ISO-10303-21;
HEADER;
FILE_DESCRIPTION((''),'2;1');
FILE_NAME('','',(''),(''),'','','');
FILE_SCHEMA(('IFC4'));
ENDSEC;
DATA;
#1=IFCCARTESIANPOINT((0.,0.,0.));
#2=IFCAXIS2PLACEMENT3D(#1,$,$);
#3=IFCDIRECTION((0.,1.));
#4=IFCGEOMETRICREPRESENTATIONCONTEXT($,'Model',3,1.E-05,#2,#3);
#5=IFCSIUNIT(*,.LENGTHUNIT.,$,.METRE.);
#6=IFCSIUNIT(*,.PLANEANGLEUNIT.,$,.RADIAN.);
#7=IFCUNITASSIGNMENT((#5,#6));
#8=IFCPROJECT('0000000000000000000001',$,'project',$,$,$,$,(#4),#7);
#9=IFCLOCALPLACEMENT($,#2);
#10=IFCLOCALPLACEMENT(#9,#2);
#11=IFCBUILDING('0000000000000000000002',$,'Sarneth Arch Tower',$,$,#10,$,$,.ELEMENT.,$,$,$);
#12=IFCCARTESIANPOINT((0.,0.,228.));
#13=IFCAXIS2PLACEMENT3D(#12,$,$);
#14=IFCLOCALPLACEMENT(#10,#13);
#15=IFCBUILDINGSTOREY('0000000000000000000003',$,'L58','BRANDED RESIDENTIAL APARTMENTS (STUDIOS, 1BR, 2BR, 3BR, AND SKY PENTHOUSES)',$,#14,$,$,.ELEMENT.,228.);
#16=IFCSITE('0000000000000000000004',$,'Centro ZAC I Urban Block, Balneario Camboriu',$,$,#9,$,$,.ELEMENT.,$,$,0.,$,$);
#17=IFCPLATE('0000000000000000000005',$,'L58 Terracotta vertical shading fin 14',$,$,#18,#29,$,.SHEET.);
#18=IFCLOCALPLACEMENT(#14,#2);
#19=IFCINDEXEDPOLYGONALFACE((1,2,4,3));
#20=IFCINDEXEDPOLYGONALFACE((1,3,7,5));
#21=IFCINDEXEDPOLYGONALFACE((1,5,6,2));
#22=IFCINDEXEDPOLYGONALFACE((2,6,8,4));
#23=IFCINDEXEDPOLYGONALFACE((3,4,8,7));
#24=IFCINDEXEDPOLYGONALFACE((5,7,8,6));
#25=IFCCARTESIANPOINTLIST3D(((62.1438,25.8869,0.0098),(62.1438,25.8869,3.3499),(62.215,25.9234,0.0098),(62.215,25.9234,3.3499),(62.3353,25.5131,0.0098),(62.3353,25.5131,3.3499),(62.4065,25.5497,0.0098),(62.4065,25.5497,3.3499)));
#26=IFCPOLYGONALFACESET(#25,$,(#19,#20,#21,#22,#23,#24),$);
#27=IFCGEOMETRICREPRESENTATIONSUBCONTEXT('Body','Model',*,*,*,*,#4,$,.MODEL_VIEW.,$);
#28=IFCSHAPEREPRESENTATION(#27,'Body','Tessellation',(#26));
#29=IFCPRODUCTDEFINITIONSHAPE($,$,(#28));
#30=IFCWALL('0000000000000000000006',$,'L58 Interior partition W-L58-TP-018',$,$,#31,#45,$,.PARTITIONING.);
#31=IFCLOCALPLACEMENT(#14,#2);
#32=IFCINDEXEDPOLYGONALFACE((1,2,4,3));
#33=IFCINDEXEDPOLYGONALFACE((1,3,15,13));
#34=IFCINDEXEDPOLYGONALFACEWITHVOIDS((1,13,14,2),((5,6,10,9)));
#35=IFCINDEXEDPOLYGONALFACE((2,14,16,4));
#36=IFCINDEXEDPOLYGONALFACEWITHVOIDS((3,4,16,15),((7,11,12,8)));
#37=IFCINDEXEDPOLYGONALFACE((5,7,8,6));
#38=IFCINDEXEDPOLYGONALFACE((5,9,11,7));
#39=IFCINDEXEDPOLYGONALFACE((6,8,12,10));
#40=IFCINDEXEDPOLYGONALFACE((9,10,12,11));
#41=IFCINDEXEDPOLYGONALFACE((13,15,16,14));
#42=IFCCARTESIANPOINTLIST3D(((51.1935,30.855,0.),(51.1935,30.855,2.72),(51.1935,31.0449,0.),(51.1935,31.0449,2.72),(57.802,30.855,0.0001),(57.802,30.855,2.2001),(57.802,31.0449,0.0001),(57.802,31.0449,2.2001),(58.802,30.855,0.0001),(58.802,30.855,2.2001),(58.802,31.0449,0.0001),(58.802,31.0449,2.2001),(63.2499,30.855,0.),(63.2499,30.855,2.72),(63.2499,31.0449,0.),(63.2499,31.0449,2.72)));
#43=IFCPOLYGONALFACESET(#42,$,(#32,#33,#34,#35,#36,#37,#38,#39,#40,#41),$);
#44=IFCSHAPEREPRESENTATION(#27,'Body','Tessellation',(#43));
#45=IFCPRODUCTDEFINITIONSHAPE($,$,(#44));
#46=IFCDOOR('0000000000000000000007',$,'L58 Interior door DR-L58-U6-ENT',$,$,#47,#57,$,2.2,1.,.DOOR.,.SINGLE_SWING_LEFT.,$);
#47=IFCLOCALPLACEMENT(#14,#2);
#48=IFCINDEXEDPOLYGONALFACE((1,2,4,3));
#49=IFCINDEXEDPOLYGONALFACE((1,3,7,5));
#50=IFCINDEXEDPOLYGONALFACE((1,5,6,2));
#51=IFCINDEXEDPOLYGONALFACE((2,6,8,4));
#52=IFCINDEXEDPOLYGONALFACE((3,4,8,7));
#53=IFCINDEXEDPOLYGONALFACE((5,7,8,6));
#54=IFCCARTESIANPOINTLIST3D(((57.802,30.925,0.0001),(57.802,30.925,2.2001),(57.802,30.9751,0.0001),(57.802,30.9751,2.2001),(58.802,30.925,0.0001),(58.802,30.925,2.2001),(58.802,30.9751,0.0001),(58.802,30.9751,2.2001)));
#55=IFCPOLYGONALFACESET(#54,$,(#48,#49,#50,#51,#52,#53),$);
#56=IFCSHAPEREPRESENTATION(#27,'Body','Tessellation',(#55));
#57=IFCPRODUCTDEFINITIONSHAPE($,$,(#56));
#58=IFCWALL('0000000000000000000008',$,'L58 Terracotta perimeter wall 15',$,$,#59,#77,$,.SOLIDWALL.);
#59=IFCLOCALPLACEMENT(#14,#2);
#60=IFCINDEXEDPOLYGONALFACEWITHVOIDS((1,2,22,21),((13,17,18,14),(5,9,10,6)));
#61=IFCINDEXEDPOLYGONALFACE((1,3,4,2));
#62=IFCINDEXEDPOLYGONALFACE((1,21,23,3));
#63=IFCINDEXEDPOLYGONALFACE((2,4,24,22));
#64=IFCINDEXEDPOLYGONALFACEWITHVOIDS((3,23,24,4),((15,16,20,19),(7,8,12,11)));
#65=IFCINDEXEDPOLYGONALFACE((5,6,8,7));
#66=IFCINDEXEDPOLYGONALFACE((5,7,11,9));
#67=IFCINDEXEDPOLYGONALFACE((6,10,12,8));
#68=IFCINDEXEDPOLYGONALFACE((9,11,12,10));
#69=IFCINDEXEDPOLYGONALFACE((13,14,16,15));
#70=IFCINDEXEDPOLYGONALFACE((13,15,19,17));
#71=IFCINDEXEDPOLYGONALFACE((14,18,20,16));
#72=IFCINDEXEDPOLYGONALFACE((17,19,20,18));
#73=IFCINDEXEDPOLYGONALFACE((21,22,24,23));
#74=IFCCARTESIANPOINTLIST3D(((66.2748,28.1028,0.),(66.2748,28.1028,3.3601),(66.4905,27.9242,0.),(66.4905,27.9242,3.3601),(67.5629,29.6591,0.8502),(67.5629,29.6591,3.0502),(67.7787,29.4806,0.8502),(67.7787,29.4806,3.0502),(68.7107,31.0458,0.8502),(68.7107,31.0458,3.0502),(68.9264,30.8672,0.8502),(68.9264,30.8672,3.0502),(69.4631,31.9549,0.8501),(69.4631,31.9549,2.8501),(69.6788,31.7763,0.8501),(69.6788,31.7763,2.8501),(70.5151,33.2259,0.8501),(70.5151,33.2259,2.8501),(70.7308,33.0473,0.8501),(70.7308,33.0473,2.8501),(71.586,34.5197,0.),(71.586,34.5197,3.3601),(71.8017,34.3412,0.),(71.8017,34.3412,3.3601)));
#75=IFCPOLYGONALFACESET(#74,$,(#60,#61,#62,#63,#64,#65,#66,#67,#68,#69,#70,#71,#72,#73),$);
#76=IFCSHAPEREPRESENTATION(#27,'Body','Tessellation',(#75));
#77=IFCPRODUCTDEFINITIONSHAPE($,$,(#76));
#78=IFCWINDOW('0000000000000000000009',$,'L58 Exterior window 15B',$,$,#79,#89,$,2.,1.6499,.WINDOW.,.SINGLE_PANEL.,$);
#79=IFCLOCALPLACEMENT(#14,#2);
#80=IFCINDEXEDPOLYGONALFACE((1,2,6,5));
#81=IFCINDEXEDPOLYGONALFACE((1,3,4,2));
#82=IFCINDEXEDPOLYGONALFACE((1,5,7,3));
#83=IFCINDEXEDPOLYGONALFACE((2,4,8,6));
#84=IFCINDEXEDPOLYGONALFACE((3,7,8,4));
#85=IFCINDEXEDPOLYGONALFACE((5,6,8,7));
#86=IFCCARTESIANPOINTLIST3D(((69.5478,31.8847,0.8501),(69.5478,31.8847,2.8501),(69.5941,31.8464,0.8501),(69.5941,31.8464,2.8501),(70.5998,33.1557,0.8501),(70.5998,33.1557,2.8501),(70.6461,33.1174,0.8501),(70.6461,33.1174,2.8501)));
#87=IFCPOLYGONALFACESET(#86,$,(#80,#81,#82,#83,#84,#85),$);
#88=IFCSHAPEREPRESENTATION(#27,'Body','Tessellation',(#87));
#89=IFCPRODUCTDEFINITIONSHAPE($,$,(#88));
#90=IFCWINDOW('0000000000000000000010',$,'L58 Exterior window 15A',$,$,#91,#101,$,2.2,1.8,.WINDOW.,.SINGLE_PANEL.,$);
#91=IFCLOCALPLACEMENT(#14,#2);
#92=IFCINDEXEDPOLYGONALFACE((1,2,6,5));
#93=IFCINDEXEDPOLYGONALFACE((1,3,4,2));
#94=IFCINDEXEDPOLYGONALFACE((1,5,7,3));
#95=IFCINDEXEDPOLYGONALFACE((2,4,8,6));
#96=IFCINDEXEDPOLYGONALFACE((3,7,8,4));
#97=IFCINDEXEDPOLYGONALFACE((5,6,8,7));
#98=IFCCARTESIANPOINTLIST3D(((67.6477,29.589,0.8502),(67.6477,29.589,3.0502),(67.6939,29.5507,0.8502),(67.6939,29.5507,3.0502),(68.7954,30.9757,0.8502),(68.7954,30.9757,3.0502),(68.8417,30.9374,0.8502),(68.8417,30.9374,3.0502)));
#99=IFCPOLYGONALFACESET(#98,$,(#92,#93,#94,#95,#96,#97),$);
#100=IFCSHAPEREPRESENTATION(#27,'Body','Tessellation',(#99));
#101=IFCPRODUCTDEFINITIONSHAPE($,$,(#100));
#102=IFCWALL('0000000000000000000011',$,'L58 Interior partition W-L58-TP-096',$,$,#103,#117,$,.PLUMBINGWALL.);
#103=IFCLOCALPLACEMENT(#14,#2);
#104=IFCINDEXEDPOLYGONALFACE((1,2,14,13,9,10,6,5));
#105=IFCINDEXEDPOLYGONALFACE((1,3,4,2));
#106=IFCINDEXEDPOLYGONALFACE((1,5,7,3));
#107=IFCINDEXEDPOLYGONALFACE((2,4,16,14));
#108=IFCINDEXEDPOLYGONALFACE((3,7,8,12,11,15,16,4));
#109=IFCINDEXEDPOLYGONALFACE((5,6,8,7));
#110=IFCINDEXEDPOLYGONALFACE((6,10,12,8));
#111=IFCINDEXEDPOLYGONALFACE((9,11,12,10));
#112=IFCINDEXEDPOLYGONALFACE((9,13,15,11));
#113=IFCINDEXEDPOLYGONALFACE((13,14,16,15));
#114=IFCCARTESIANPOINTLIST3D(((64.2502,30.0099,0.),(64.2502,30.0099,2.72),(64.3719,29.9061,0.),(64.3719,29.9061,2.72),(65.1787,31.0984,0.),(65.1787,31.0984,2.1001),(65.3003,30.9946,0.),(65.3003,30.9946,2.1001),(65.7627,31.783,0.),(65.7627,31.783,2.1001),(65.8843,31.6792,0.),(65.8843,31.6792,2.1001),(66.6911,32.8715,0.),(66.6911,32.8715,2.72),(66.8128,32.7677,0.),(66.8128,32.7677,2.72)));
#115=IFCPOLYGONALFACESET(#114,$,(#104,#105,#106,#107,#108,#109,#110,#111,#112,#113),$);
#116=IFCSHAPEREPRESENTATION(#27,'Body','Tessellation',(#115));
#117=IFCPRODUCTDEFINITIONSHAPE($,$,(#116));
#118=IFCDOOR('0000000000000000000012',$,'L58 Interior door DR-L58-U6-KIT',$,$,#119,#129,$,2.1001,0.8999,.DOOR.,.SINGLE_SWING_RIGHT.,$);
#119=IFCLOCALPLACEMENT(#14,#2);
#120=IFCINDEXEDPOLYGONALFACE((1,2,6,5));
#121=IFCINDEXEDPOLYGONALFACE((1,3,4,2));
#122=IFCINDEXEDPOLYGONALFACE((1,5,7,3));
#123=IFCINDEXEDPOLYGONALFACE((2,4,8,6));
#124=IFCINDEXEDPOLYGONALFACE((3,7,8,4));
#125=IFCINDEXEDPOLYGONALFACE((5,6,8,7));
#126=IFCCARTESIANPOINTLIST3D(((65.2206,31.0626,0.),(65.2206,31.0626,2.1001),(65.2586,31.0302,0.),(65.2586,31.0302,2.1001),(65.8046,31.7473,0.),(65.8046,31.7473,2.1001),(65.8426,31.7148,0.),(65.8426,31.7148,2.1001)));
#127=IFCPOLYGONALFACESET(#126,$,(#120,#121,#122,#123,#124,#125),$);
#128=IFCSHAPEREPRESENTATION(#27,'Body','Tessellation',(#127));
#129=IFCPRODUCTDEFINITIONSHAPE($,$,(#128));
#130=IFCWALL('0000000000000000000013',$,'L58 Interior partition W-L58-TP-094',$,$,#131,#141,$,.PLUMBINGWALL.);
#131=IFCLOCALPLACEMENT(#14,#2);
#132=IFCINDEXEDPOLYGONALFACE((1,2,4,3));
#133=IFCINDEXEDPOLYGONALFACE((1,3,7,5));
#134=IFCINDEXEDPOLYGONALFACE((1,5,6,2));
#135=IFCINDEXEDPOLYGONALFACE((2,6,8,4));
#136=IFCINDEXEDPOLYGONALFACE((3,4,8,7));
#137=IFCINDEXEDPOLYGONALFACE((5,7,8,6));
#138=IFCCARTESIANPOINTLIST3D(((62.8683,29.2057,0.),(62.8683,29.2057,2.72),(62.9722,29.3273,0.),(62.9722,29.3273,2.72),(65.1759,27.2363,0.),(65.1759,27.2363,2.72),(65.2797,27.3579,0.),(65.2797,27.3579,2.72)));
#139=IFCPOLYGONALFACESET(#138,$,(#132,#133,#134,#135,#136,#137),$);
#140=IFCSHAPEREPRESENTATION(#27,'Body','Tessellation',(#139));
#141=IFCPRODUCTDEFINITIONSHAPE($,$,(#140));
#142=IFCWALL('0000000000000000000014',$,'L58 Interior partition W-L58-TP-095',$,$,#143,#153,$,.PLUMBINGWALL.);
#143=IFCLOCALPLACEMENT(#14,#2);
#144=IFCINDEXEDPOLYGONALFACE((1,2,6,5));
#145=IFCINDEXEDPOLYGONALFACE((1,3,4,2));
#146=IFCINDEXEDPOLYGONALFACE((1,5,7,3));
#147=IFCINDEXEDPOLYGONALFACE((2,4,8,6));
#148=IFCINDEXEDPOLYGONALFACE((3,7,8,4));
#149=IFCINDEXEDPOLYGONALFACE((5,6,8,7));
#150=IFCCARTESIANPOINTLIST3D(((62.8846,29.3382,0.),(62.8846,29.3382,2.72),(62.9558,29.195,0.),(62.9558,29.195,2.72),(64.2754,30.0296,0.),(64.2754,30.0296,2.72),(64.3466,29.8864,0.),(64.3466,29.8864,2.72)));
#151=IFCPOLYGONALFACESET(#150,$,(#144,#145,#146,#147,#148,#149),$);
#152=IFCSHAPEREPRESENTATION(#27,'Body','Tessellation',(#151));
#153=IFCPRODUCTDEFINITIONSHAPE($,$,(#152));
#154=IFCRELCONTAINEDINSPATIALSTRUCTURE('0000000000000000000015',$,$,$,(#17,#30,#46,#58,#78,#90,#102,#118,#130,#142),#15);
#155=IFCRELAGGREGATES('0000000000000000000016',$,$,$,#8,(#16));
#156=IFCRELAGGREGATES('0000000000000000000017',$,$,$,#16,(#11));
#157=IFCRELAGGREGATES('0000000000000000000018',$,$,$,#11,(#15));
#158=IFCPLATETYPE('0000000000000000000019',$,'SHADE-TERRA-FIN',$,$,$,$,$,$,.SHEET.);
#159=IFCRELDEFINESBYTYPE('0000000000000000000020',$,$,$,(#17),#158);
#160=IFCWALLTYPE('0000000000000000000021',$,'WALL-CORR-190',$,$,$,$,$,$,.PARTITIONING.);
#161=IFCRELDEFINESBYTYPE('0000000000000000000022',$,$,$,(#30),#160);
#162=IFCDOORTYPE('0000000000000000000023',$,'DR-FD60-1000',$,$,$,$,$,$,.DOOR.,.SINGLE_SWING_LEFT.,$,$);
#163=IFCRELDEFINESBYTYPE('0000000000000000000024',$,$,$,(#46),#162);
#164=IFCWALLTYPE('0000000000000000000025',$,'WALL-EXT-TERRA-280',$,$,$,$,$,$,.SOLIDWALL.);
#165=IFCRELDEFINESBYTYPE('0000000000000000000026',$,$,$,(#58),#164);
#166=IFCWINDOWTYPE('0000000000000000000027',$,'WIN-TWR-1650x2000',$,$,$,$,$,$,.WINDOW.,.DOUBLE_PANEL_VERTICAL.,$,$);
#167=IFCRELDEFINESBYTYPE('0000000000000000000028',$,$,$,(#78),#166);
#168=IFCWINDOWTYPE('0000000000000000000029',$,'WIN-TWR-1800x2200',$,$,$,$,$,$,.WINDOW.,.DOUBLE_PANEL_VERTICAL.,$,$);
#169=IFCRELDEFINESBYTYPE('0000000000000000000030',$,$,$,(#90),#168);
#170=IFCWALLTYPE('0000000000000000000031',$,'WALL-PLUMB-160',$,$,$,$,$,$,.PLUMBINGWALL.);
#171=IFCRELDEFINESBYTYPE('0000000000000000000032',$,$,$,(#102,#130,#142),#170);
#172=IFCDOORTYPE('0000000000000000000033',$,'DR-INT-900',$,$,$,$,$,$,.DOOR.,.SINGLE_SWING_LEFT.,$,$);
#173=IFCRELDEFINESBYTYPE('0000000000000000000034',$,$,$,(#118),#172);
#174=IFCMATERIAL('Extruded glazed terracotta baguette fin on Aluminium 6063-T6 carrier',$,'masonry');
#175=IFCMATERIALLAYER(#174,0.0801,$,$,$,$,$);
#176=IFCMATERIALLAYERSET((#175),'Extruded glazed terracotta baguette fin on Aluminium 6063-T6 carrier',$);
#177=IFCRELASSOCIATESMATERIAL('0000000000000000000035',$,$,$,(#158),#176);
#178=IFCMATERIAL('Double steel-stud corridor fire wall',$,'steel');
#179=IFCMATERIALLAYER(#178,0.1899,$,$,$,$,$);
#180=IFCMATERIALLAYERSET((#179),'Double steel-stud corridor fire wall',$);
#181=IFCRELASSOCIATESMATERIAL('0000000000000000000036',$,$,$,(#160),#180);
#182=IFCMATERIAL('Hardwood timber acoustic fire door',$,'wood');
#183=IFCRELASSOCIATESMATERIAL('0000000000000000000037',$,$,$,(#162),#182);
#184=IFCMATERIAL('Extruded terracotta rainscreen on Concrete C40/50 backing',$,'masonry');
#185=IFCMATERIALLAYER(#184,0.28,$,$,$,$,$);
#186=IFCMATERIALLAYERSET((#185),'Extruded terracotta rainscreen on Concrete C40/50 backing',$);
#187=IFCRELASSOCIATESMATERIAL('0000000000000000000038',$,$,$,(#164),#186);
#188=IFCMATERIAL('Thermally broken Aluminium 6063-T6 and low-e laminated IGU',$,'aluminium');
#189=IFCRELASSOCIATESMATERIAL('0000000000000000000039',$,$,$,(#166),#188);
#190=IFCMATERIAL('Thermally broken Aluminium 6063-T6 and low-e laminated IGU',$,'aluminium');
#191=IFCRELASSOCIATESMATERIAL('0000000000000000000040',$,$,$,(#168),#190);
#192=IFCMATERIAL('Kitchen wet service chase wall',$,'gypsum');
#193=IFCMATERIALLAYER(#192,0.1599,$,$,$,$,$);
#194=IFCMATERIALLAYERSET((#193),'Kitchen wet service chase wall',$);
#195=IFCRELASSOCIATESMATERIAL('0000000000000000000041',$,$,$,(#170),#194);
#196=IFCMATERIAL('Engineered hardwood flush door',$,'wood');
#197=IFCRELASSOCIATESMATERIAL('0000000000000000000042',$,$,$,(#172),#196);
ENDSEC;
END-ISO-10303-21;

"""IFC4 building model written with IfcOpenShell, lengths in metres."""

from ifc_helpers import new_model, si_unit, direction, frame, frame_2d, origin, origin_2d, place, context, subcontext, project, spatial, rectangle, extrude, material, layer, layer_set, type_object, element, fill, save


model = new_model("IFC4")

# Units and contexts
model_context = context("Model", 3, precision=1e-05, world=origin(), true_north=direction((0.0, 1.0)))
body_context = subcontext(model_context, "Body", "Model", "MODEL_VIEW")
ifc_project = project(units=[si_unit("LENGTHUNIT", "METRE"), si_unit("PLANEANGLEUNIT", "RADIAN")], contexts=[model_context])

# Site, building, storey
site_placement = place(None, origin())
site = spatial("IfcSite", under=ifc_project, at=site_placement, Name="Centro ZAC I Urban Block, Balneario Camboriu", CompositionType="ELEMENT", RefElevation=0.0)
building_placement = place(site_placement, origin())
building = spatial("IfcBuilding", under=site, at=building_placement, Name="Sarneth Arch Tower", CompositionType="ELEMENT")
storey_placement = place(building_placement, frame((0.0, 0.0, 228.0)))
storey = spatial("IfcBuildingStorey", under=building, at=storey_placement, Name="L58", Description="BRANDED RESIDENTIAL APARTMENTS (STUDIOS, 1BR, 2BR, 3BR, AND SKY PENTHOUSES)", CompositionType="ELEMENT", Elevation=228.0)

# Plate
ifc_material_1 = material(Name="Extruded glazed terracotta baguette fin on Aluminium 6063-T6 carrier", Category="masonry")
ifc_layer_1 = layer(ifc_material_1, 0.0801)
ifc_layer_set_1 = layer_set([ifc_layer_1], Name="Extruded glazed terracotta baguette fin on Aluminium 6063-T6 carrier")
plate_type_1 = type_object("IfcPlateType", Name="SHADE-TERRA-FIN", PredefinedType="SHEET", material=ifc_layer_set_1)
plate_1_placement = place(storey_placement, frame((62.2751, 25.7183, 0.0098), z_axis=(0.0, 0.0, 1.0), x_axis=(0.456011, -0.889974, 0.0)))
element("IfcPlate", 1, at=plate_1_placement, inside=storey, type_object=plate_type_1, Name="L58 Terracotta vertical shading fin 14", PredefinedType="SHEET", context=body_context, shape_type="SweptSolid", body=[
    extrude(rectangle(XDim=0.4199, YDim=0.0801, at=origin_2d()), origin(), (0.0, 0.0, 1.0), 3.3401),
])

# Wall, opening, door
ifc_material_2 = material(Name="Double steel-stud corridor fire wall", Category="steel")
ifc_layer_2 = layer(ifc_material_2, 0.1899)
ifc_layer_set_2 = layer_set([ifc_layer_2], Name="Double steel-stud corridor fire wall")
wall_type_1 = type_object("IfcWallType", Name="WALL-CORR-190", PredefinedType="PARTITIONING", material=ifc_layer_set_2)
wall_1_placement = place(storey_placement, frame((63.25, 30.95, 0.0), z_axis=(0.0, 0.0, 1.0), x_axis=(-1.0, 0.0, 0.0)))
wall_1 = element("IfcWall", 2, at=wall_1_placement, inside=storey, type_object=wall_type_1, Name="L58 Interior partition W-L58-TP-018", PredefinedType="PARTITIONING", context=body_context, shape_type="SweptSolid", body=[
    extrude(rectangle(XDim=12.0564, YDim=0.1899, at=frame_2d((6.0283, 0.0))), origin(), (0.0, 0.0, 1.0), 2.72),
])
opening_1_placement = place(wall_1_placement, frame((4.448, 0.0, 0.0)))
opening_1 = element("IfcOpeningElement", 3, at=opening_1_placement, cuts=wall_1, PredefinedType="OPENING", context=body_context, shape_type="SweptSolid", body=[
    extrude(rectangle(XDim=1.0, YDim=2.2, at=frame_2d((0.5, 1.1001))), frame((0.0, 0.105, 0.0), z_axis=(0.0, -1.0, 0.0), x_axis=(1.0, 0.0, 0.0)), (0.0, 0.0, 1.0), 0.21),
])
ifc_material_3 = material(Name="Hardwood timber acoustic fire door", Category="wood")
door_type_1 = type_object("IfcDoorType", Name="DR-FD60-1000", OperationType="SINGLE_SWING_LEFT", PredefinedType="DOOR", material=ifc_material_3)
door_1_placement = place(opening_1_placement, origin())
door_1 = element("IfcDoor", 4, at=door_1_placement, inside=storey, type_object=door_type_1, Name="L58 Interior door DR-L58-U6-ENT", OperationType="SINGLE_SWING_LEFT", OverallHeight=2.2, OverallWidth=1.0, PredefinedType="DOOR", context=body_context, shape_type="SweptSolid", body=[
    extrude(rectangle(XDim=1.0, YDim=2.2, at=frame_2d((0.5, 1.1001))), frame((0.0, 0.0249, 0.0), z_axis=(0.0, -1.0, 0.0), x_axis=(1.0, 0.0, 0.0)), (0.0, 0.0, 1.0), 0.05),
])
fill(opening_1, door_1)

# Wall, openings, windows
ifc_material_4 = material(Name="Extruded terracotta rainscreen on Concrete C40/50 backing", Category="masonry")
ifc_layer_3 = layer(ifc_material_4, 0.28)
ifc_layer_set_3 = layer_set([ifc_layer_3], Name="Extruded terracotta rainscreen on Concrete C40/50 backing")
wall_type_2 = type_object("IfcWallType", Name="WALL-EXT-TERRA-280", PredefinedType="SOLIDWALL", material=ifc_layer_set_3)
wall_2_placement = place(storey_placement, frame((66.3826, 28.0134, 0.0), z_axis=(0.0, 0.0, 1.0), x_axis=(0.637615, 0.770355, 0.0)))
wall_2 = element("IfcWall", 5, at=wall_2_placement, inside=storey, type_object=wall_type_2, Name="L58 Terracotta perimeter wall 15", PredefinedType="SOLIDWALL", context=body_context, shape_type="SweptSolid", body=[
    extrude(rectangle(XDim=8.3298, YDim=0.28, at=frame_2d((4.165, 0.0))), origin(), (0.0, 0.0, 1.0), 3.3601),
])
opening_2_placement = place(wall_2_placement, frame((2.0205, 0.0, 0.8501)))
opening_2 = element("IfcOpeningElement", 6, at=opening_2_placement, cuts=wall_2, PredefinedType="OPENING", context=body_context, shape_type="SweptSolid", body=[
    extrude(rectangle(XDim=1.8, YDim=2.2, at=frame_2d((0.8999, 1.1001))), frame((0.0, 0.1499, 0.0), z_axis=(0.0, -1.0, 0.0), x_axis=(1.0, 0.0, 0.0)), (0.0, 0.0, 1.0), 0.3),
])
opening_3_placement = place(wall_2_placement, frame((5.0005, 0.0, 0.8501)))
opening_3 = element("IfcOpeningElement", 7, at=opening_3_placement, cuts=wall_2, PredefinedType="OPENING", context=body_context, shape_type="SweptSolid", body=[
    extrude(rectangle(XDim=1.6499, YDim=2.0, at=frame_2d((0.825, 1.0))), frame((0.0, 0.1499, 0.0), z_axis=(0.0, -1.0, 0.0), x_axis=(1.0, 0.0, 0.0)), (0.0, 0.0, 1.0), 0.3),
])
ifc_material_5 = material(Name="Thermally broken Aluminium 6063-T6 and low-e laminated IGU", Category="aluminium")
window_type_1 = type_object("IfcWindowType", Name="WIN-TWR-1650x2000", PartitioningType="DOUBLE_PANEL_VERTICAL", PredefinedType="WINDOW", material=ifc_material_5)
window_1_placement = place(opening_3_placement, origin())
window_1 = element("IfcWindow", 8, at=window_1_placement, inside=storey, type_object=window_type_1, Name="L58 Exterior window 15B", OverallHeight=2.0, OverallWidth=1.6499, PartitioningType="SINGLE_PANEL", PredefinedType="WINDOW", context=body_context, shape_type="SweptSolid", body=[
    extrude(rectangle(XDim=1.6499, YDim=2.0, at=frame_2d((0.825, 1.0))), frame((0.0, 0.03, 0.0), z_axis=(0.0, -1.0, 0.0), x_axis=(1.0, 0.0, 0.0)), (0.0, 0.0, 1.0), 0.0601),
])
fill(opening_3, window_1)
ifc_material_6 = material(Name="Thermally broken Aluminium 6063-T6 and low-e laminated IGU", Category="aluminium")
window_type_2 = type_object("IfcWindowType", Name="WIN-TWR-1800x2200", PartitioningType="DOUBLE_PANEL_VERTICAL", PredefinedType="WINDOW", material=ifc_material_6)
window_2_placement = place(opening_2_placement, origin())
window_2 = element("IfcWindow", 9, at=window_2_placement, inside=storey, type_object=window_type_2, Name="L58 Exterior window 15A", OverallHeight=2.2, OverallWidth=1.8, PartitioningType="SINGLE_PANEL", PredefinedType="WINDOW", context=body_context, shape_type="SweptSolid", body=[
    extrude(rectangle(XDim=1.8, YDim=2.2, at=frame_2d((0.8999, 1.1001))), frame((0.0, 0.03, 0.0), z_axis=(0.0, -1.0, 0.0), x_axis=(1.0, 0.0, 0.0)), (0.0, 0.0, 1.0), 0.0601),
])
fill(opening_2, window_2)

# Wall, opening, door
ifc_material_7 = material(Name="Kitchen wet service chase wall", Category="gypsum")
ifc_layer_4 = layer(ifc_material_7, 0.1599)
ifc_layer_set_4 = layer_set([ifc_layer_4], Name="Kitchen wet service chase wall")
wall_type_3 = type_object("IfcWallType", Name="WALL-PLUMB-160", PredefinedType="PLUMBINGWALL", material=ifc_layer_set_4)
wall_3_placement = place(storey_placement, frame((64.311, 29.958, 0.0), z_axis=(0.0, 0.0, 1.0), x_axis=(0.648972, 0.760812, 0.0)))
wall_3 = element("IfcWall", 10, at=wall_3_placement, inside=storey, type_object=wall_type_3, Name="L58 Interior partition W-L58-TP-096", PredefinedType="PLUMBINGWALL", context=body_context, shape_type="SweptSolid", body=[
    extrude(rectangle(XDim=3.7612, YDim=0.1599, at=frame_2d((1.8806, 0.0))), origin(), (0.0, 0.0, 1.0), 2.72),
])
opening_4_placement = place(wall_3_placement, frame((1.4307, 0.0, 0.0)))
opening_4 = element("IfcOpeningElement", 11, at=opening_4_placement, cuts=wall_3, PredefinedType="OPENING", context=body_context, shape_type="SweptSolid", body=[
    extrude(rectangle(XDim=0.8999, YDim=2.1001, at=frame_2d((0.45, 1.05))), frame((0.0, 0.0898, 0.0), z_axis=(0.0, -1.0, 0.0), x_axis=(1.0, 0.0, 0.0)), (0.0, 0.0, 1.0), 0.1799),
])
ifc_material_8 = material(Name="Engineered hardwood flush door", Category="wood")
door_type_2 = type_object("IfcDoorType", Name="DR-INT-900", OperationType="SINGLE_SWING_LEFT", PredefinedType="DOOR", material=ifc_material_8)
door_2_placement = place(opening_4_placement, origin())
door_2 = element("IfcDoor", 12, at=door_2_placement, inside=storey, type_object=door_type_2, Name="L58 Interior door DR-L58-U6-KIT", OperationType="SINGLE_SWING_RIGHT", OverallHeight=2.1001, OverallWidth=0.8999, PredefinedType="DOOR", context=body_context, shape_type="SweptSolid", body=[
    extrude(rectangle(XDim=0.8999, YDim=2.1001, at=frame_2d((0.45, 1.05))), frame((0.0, 0.0249, 0.0), z_axis=(0.0, -1.0, 0.0), x_axis=(1.0, 0.0, 0.0)), (0.0, 0.0, 1.0), 0.05),
])
fill(opening_4, door_2)

# Walls
wall_4_placement = place(storey_placement, frame((65.2278, 27.2971, 0.0), z_axis=(0.0, 0.0, 1.0), x_axis=(-0.760635, 0.649179, 0.0)))
element("IfcWall", 13, at=wall_4_placement, inside=storey, type_object=wall_type_3, Name="L58 Interior partition W-L58-TP-094", PredefinedType="PLUMBINGWALL", context=body_context, shape_type="SweptSolid", body=[
    extrude(rectangle(XDim=3.0337, YDim=0.1599, at=frame_2d((1.5168, 0.0))), origin(), (0.0, 0.0, 1.0), 2.72),
])
wall_5_placement = place(storey_placement, frame((62.9202, 29.2666, 0.0), z_axis=(0.0, 0.0, 1.0), x_axis=(0.895462, 0.445138, 0.0)))
element("IfcWall", 14, at=wall_5_placement, inside=storey, type_object=wall_type_3, Name="L58 Interior partition W-L58-TP-095", PredefinedType="PLUMBINGWALL", context=body_context, shape_type="SweptSolid", body=[
    extrude(rectangle(XDim=1.5532, YDim=0.1599, at=frame_2d((0.7766, 0.0))), origin(), (0.0, 0.0, 1.0), 2.72),
])

save(model, "model.ifc")
